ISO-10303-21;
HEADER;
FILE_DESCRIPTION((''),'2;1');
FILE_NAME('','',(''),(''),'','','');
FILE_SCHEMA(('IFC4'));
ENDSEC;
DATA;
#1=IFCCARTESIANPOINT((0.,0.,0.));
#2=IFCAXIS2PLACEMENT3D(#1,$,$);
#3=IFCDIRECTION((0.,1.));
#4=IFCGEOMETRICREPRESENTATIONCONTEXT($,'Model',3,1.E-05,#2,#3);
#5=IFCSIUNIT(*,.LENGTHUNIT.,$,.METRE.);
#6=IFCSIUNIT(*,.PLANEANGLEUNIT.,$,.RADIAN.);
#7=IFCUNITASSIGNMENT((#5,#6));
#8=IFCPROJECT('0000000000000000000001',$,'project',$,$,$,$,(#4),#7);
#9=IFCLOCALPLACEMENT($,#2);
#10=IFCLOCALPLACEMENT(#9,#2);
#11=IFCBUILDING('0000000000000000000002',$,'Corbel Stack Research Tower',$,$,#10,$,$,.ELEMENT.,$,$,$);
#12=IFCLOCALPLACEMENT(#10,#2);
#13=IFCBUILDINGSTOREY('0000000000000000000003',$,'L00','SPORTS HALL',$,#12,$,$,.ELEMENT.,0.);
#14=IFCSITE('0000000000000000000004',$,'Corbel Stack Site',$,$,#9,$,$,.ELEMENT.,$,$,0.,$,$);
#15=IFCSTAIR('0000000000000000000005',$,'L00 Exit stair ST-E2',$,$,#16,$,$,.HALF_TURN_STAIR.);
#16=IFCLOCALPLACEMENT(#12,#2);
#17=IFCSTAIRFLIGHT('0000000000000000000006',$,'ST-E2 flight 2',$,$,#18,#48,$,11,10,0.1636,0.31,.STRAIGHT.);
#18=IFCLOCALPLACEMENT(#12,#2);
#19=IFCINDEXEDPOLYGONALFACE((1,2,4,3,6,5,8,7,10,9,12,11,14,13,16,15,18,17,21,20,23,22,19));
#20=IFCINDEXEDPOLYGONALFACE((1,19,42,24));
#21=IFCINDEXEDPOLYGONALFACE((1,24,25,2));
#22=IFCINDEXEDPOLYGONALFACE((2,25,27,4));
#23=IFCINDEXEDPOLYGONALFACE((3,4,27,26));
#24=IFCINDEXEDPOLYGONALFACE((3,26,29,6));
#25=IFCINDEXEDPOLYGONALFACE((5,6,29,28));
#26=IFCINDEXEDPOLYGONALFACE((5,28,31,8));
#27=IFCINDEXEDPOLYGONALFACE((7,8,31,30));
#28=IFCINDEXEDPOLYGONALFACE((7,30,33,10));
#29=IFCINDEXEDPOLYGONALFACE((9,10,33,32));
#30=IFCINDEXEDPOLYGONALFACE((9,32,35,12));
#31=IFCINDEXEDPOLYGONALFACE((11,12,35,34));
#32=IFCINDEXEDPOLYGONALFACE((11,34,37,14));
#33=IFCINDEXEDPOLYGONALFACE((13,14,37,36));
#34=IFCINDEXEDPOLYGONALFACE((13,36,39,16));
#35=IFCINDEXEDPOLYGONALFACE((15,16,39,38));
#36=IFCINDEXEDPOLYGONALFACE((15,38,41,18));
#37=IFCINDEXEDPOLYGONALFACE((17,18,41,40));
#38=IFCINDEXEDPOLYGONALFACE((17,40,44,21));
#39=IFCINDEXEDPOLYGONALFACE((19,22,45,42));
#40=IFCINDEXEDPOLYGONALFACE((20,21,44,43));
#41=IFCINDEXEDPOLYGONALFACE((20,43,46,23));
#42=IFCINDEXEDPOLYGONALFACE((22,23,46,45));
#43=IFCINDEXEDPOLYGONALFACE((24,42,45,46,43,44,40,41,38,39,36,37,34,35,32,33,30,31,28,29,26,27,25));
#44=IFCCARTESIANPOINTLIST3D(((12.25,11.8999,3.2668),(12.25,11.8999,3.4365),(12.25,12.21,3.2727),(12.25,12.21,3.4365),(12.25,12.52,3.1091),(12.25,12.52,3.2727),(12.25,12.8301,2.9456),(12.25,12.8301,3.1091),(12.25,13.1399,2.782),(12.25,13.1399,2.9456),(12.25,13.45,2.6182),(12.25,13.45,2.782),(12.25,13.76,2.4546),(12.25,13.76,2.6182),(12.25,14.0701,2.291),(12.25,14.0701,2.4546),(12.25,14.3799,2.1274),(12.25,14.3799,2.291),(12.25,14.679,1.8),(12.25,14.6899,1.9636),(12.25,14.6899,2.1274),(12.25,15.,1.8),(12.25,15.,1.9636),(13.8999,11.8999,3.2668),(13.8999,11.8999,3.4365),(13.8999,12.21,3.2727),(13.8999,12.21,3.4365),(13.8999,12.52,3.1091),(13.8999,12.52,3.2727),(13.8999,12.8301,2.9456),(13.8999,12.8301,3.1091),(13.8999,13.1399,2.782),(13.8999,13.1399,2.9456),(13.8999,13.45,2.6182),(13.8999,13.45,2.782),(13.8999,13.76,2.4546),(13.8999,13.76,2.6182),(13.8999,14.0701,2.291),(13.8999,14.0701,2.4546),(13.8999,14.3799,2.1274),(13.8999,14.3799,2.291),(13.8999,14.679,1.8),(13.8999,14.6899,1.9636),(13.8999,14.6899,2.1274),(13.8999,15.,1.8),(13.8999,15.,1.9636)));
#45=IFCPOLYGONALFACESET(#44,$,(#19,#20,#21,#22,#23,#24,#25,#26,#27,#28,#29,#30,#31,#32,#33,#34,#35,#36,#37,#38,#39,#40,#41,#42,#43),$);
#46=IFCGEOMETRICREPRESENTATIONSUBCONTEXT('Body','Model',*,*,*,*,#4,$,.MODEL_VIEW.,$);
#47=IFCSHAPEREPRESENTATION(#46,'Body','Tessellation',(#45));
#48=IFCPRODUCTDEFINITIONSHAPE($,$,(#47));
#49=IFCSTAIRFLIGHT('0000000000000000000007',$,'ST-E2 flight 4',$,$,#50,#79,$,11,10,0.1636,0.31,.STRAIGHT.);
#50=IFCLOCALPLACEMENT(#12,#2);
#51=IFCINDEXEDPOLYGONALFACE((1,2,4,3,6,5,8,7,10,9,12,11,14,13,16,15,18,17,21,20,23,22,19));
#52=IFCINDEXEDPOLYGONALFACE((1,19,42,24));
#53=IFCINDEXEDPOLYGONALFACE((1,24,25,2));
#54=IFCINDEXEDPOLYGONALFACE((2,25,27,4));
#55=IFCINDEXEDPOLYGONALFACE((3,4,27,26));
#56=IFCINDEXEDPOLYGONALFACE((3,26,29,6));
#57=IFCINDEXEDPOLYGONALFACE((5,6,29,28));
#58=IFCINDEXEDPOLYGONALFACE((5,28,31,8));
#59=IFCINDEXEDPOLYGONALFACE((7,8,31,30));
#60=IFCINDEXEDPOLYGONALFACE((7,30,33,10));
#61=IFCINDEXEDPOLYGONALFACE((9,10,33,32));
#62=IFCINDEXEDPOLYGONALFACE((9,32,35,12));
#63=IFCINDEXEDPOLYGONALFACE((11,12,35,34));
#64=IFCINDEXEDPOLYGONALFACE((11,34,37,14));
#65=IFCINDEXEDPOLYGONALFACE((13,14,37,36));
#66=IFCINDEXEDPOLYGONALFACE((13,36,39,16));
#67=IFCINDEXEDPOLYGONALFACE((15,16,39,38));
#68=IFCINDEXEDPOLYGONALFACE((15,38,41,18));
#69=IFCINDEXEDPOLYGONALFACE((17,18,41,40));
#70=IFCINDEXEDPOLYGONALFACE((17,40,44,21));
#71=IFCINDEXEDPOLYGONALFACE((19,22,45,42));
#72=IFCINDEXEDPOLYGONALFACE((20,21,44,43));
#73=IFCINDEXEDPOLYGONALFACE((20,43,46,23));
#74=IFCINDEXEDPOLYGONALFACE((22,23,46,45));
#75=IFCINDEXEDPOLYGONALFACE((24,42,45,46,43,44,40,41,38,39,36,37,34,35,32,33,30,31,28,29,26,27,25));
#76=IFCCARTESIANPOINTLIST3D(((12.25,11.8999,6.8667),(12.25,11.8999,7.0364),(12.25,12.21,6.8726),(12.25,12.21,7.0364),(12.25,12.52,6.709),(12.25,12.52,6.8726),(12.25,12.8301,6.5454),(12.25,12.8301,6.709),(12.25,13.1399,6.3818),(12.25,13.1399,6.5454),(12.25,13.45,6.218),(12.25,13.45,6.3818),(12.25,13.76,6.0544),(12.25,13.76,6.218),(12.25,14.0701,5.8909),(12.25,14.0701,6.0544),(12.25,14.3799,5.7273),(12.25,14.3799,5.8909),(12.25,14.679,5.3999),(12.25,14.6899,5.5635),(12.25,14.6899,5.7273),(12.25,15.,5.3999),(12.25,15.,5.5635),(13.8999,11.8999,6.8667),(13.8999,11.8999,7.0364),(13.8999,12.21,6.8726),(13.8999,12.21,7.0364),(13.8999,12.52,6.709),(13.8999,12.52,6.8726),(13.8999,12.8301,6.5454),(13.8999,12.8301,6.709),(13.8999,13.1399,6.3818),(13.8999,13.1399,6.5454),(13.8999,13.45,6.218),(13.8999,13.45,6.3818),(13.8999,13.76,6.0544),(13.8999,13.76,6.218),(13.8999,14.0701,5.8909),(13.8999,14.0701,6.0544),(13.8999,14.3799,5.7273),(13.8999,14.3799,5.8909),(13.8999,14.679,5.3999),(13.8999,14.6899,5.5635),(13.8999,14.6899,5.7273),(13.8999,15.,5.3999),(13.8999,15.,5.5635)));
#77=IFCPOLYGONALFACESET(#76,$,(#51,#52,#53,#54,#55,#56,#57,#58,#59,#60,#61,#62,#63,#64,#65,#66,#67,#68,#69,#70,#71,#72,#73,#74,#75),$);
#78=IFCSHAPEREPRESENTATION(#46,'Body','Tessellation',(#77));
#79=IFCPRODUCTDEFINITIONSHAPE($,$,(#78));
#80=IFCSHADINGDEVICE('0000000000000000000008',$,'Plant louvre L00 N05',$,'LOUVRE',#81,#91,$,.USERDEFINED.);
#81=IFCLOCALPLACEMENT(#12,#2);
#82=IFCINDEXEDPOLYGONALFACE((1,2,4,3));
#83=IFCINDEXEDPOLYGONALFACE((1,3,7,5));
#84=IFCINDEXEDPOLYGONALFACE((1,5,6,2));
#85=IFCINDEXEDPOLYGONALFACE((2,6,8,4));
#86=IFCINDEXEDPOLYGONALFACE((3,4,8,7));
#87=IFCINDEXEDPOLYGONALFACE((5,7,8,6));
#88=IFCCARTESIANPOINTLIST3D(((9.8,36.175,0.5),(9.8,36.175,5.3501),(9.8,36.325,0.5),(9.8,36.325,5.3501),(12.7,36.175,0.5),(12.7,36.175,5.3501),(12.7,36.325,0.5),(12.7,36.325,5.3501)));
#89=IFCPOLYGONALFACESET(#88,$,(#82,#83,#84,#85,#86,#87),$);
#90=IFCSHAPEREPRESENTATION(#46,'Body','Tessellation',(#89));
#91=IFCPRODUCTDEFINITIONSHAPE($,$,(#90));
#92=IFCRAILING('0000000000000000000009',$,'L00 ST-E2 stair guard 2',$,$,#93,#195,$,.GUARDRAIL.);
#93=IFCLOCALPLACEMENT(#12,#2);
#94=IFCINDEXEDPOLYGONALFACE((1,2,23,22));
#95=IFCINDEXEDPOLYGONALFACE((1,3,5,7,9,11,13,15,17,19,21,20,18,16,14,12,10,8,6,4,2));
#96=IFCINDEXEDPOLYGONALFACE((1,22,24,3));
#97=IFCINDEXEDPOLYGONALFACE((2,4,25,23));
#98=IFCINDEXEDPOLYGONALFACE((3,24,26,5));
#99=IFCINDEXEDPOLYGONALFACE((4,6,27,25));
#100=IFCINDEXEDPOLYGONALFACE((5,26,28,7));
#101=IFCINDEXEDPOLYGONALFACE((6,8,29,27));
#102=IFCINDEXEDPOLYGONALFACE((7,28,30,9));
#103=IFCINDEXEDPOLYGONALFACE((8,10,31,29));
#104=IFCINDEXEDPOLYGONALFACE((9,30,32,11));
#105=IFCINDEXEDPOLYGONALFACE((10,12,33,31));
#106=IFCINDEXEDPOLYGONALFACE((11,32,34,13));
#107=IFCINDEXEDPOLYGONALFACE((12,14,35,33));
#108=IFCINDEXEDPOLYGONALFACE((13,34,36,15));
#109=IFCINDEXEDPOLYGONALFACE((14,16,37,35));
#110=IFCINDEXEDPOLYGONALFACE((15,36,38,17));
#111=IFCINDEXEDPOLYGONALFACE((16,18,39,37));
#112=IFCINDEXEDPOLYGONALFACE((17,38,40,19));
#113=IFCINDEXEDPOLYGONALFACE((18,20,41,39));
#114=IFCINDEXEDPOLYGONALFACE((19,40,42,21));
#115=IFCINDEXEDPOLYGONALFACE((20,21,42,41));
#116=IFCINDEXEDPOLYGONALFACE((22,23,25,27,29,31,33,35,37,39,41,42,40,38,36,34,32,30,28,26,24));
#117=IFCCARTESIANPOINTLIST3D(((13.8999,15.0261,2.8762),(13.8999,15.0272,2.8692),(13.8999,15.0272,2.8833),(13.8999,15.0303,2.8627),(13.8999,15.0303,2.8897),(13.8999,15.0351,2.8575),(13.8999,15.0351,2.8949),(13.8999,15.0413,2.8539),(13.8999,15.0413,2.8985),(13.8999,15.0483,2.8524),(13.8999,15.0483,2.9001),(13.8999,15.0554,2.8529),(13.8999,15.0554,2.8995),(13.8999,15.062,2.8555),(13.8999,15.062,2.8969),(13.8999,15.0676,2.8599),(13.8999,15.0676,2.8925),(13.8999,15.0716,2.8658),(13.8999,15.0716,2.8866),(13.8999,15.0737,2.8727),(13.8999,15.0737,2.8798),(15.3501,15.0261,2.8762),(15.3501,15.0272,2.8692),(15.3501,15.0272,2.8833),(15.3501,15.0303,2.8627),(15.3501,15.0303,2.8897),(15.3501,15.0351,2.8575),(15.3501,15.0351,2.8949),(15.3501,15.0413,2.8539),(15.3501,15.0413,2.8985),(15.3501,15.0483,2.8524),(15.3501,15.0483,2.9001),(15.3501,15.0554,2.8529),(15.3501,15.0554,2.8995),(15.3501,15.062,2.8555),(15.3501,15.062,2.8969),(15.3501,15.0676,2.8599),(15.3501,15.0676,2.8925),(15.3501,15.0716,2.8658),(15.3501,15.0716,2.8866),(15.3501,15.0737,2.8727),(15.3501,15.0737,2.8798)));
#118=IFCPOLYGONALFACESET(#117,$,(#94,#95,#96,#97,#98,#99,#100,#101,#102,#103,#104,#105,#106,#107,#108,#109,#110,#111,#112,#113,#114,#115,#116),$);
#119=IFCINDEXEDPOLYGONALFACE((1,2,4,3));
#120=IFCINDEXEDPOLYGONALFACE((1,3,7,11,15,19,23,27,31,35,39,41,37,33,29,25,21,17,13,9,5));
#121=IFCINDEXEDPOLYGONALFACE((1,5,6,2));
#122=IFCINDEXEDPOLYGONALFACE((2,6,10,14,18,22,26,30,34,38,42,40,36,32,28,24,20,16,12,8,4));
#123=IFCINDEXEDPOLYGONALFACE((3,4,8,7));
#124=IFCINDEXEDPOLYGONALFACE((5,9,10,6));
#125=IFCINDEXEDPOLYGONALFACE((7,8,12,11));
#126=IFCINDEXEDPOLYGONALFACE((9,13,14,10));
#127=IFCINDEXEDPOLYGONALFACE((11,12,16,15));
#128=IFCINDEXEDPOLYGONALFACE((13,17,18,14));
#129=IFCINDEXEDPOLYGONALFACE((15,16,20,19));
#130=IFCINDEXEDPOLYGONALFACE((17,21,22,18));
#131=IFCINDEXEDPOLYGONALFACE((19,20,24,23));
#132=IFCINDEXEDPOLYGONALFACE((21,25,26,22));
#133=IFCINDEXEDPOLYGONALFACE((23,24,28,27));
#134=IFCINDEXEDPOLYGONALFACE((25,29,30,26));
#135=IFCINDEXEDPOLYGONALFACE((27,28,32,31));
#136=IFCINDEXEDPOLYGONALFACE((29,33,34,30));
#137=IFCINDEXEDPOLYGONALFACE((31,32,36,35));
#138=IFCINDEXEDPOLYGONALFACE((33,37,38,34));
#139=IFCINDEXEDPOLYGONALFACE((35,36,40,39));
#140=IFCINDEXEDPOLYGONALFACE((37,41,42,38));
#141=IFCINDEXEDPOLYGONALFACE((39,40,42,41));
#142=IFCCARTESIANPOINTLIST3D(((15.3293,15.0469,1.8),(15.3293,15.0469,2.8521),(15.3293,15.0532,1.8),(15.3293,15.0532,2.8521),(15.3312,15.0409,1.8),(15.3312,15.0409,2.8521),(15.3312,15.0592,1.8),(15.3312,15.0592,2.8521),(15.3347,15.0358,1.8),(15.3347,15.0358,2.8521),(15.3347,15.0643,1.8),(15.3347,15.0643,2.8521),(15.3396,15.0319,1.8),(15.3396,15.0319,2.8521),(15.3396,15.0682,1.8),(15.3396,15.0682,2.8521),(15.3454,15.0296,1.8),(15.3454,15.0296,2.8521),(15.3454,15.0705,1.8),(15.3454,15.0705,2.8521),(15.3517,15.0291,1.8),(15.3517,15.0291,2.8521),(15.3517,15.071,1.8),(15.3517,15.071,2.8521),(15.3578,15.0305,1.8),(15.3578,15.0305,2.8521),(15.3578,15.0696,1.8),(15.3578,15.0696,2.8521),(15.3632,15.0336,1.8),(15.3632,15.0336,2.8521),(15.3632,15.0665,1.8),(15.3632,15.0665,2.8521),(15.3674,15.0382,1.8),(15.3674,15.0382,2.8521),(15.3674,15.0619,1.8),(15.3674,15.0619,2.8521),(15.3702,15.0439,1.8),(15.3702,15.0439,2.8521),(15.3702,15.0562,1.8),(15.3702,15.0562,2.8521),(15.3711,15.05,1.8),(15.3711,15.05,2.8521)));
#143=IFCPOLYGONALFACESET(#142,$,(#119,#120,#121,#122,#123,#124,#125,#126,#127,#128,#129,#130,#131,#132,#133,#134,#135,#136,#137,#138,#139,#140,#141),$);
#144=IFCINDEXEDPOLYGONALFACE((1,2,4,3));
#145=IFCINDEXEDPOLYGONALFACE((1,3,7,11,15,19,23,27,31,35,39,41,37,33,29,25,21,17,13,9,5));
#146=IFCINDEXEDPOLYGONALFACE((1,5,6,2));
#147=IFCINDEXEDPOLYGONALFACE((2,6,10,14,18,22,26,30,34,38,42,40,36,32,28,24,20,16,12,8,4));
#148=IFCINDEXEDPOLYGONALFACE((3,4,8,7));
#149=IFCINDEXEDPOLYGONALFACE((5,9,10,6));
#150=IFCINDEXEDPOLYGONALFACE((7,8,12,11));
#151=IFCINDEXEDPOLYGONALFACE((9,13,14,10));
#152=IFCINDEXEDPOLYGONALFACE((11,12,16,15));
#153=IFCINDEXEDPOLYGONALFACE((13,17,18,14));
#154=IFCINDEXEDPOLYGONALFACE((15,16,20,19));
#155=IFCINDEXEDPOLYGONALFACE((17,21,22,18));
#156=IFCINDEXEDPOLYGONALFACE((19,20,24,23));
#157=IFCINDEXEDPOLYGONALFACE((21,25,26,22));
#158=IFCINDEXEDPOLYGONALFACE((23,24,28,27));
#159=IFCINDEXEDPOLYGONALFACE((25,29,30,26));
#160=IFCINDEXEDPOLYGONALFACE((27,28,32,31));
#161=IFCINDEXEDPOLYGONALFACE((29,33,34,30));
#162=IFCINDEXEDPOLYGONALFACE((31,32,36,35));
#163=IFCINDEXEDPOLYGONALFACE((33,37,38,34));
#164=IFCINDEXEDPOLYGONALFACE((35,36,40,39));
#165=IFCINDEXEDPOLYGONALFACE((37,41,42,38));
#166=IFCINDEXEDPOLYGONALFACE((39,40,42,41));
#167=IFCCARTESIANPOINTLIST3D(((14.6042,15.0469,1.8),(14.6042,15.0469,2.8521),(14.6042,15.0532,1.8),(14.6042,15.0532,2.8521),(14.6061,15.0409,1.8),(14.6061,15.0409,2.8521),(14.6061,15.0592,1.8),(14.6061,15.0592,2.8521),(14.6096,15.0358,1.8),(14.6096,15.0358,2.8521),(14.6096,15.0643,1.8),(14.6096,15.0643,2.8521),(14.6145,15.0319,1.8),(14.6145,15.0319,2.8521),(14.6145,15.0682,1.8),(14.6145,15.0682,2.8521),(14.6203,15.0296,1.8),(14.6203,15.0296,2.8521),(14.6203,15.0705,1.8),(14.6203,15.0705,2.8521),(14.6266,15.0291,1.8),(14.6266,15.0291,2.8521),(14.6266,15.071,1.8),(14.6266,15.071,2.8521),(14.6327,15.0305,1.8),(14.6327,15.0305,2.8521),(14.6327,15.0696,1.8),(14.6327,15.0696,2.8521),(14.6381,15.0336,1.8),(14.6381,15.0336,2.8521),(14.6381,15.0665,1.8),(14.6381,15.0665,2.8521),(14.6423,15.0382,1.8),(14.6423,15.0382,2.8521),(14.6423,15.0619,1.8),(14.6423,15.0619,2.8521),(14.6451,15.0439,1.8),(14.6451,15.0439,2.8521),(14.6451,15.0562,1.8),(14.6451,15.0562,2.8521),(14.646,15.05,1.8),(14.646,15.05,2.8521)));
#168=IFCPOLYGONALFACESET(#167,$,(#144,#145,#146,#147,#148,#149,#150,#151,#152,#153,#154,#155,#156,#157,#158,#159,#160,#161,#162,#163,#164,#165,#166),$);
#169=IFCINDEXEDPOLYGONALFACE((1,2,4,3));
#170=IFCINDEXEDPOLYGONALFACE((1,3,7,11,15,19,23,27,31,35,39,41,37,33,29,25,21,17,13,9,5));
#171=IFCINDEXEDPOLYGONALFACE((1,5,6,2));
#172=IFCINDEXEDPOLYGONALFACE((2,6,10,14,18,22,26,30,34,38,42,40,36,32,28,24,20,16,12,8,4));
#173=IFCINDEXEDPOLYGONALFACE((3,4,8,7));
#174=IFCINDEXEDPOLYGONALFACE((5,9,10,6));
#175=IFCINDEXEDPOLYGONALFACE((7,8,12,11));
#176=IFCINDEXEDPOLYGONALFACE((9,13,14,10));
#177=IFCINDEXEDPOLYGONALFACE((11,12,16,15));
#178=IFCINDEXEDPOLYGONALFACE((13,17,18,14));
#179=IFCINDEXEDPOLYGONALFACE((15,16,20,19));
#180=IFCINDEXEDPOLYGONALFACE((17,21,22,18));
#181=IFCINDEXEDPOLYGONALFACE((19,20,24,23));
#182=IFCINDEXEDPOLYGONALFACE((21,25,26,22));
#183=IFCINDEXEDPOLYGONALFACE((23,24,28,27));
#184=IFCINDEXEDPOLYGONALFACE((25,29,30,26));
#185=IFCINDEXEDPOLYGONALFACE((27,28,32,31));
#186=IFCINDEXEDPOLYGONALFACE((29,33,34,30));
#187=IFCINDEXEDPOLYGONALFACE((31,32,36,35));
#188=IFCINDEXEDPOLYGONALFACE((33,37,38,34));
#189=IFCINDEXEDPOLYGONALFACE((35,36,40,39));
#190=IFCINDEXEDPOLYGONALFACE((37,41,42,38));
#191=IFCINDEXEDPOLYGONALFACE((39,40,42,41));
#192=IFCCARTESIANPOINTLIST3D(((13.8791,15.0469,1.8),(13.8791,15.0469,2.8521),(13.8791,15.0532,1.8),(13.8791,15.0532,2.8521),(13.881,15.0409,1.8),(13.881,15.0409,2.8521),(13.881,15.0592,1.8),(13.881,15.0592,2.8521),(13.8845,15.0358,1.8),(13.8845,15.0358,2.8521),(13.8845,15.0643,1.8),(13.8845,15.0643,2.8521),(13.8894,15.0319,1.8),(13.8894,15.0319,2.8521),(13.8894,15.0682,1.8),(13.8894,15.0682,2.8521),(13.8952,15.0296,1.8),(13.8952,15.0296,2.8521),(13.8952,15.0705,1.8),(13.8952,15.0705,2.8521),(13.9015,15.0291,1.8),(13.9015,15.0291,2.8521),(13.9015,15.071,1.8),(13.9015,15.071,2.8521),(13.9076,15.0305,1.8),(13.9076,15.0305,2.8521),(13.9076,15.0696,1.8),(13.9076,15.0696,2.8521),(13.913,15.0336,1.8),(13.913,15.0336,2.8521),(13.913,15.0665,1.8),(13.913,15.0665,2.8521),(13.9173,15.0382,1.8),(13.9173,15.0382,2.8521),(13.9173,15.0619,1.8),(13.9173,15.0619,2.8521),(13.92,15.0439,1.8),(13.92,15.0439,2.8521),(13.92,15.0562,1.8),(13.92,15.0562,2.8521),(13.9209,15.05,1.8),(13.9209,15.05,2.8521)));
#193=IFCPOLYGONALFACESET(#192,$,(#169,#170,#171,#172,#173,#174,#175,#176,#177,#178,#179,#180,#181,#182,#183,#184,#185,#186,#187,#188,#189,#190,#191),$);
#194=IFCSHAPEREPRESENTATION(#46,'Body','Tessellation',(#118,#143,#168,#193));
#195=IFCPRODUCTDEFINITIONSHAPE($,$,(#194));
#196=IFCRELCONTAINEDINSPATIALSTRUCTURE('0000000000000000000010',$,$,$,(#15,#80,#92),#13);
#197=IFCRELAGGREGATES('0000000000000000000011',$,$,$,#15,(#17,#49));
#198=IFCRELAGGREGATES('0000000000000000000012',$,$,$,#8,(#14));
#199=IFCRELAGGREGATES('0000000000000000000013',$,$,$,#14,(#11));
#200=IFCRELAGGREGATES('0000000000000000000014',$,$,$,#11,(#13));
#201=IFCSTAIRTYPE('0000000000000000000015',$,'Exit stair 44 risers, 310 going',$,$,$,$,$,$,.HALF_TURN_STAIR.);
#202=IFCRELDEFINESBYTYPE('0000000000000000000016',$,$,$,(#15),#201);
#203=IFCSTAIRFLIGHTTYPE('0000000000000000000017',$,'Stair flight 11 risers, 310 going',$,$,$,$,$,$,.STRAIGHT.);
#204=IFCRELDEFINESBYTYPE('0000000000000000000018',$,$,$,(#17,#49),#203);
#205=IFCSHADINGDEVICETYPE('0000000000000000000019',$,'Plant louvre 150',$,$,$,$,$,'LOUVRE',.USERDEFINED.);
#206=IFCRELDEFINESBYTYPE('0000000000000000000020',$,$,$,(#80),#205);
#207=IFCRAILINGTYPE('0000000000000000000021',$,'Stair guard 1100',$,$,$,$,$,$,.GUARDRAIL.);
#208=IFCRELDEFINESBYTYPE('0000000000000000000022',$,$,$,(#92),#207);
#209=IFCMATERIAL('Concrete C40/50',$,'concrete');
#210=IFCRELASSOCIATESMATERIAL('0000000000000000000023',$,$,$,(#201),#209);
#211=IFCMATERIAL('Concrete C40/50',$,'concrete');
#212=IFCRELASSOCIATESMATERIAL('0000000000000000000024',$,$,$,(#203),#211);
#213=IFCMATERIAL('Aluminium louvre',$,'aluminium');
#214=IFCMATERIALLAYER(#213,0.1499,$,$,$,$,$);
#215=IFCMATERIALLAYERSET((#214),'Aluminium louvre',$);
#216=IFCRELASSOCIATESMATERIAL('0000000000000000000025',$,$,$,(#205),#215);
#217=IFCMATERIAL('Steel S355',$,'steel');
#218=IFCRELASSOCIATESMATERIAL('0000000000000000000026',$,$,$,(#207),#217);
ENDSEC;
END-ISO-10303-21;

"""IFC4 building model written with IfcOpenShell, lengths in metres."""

from ifc_helpers import new_model, si_unit, direction, frame, origin, origin_2d, place, context, subcontext, project, spatial, polyline, rectangle, circle, outline, extrude, material, layer, layer_set, type_object, element, aggregate, save


model = new_model("IFC4")

# Units and contexts
model_context = context("Model", 3, precision=1e-05, world=origin(), true_north=direction((0.0, 1.0)))
body_context = subcontext(model_context, "Body", "Model", "MODEL_VIEW")
ifc_project = project(units=[si_unit("LENGTHUNIT", "METRE"), si_unit("PLANEANGLEUNIT", "RADIAN")], contexts=[model_context])

# Site, building, storey
site_placement = place(None, origin())
site = spatial("IfcSite", under=ifc_project, at=site_placement, Name="Corbel Stack Site", CompositionType="ELEMENT", RefElevation=0.0)
building_placement = place(site_placement, origin())
building = spatial("IfcBuilding", under=site, at=building_placement, Name="Corbel Stack Research Tower", CompositionType="ELEMENT")
storey_placement = place(building_placement, origin())
storey = spatial("IfcBuildingStorey", under=building, at=storey_placement, Name="L00", Description="SPORTS HALL", CompositionType="ELEMENT", Elevation=0.0)

# Stair, stair flights
ifc_material_1 = material(Name="Concrete C40/50", Category="concrete")
stair_type = type_object("IfcStairType", Name="Exit stair 44 risers, 310 going", PredefinedType="HALF_TURN_STAIR", material=ifc_material_1)
stair_placement = place(storey_placement, origin())
stair = element("IfcStair", 1, at=stair_placement, inside=storey, type_object=stair_type, Name="L00 Exit stair ST-E2", PredefinedType="HALF_TURN_STAIR")
ifc_material_2 = material(Name="Concrete C40/50", Category="concrete")
stair_flight_type = type_object("IfcStairFlightType", Name="Stair flight 11 risers, 310 going", PredefinedType="STRAIGHT", material=ifc_material_2)
stair_flight_1_placement = place(storey_placement, frame((13.075, 15.0, 1.8), z_axis=(0.0, 0.0, 1.0), x_axis=(0.0, -1.0, 0.0)))
stair_flight_1 = element("IfcStairFlight", 2, at=stair_flight_1_placement, type_object=stair_flight_type, Name="ST-E2 flight 2", NumberOfRisers=11, NumberOfTreads=10, PredefinedType="STRAIGHT", RiserHeight=0.1636, TreadLength=0.31, context=body_context, shape_type="SweptSolid", body=[
    extrude(outline(polyline([(0.0, 0.0), (0.0, 0.1636), (0.3101, 0.1636), (0.3101, 0.3274), (0.6201, 0.3274), (0.6201, 0.491), (0.9299, 0.491), (0.9299, 0.6545), (1.24, 0.6545), (1.24, 0.8181), (1.55, 0.8181), (1.55, 0.9819), (1.8601, 0.9819), (1.8601, 1.1455), (2.1699, 1.1455), (2.1699, 1.3091), (2.48, 1.3091), (2.48, 1.4727), (2.79, 1.4727), (2.79, 1.6365), (3.1001, 1.6365), (3.1001, 1.8), (3.1001, 1.4668), (0.321, 0.0), (0.0, 0.0)])), frame((0.0, 0.825, 0.0), z_axis=(0.0, -1.0, 0.0), x_axis=(1.0, 0.0, 0.0)), (0.0, 0.0, 1.0), 1.6499),
])
stair_flight_2_placement = place(storey_placement, frame((13.075, 15.0, 5.3999), z_axis=(0.0, 0.0, 1.0), x_axis=(0.0, -1.0, 0.0)))
stair_flight_2 = element("IfcStairFlight", 3, at=stair_flight_2_placement, type_object=stair_flight_type, Name="ST-E2 flight 4", NumberOfRisers=11, NumberOfTreads=10, PredefinedType="STRAIGHT", RiserHeight=0.1636, TreadLength=0.31, context=body_context, shape_type="SweptSolid", body=[
    extrude(outline(polyline([(0.0, 0.0), (0.0, 0.1636), (0.3101, 0.1636), (0.3101, 0.3274), (0.6201, 0.3274), (0.6201, 0.491), (0.9299, 0.491), (0.9299, 0.6545), (1.24, 0.6545), (1.24, 0.8181), (1.55, 0.8181), (1.55, 0.9819), (1.8601, 0.9819), (1.8601, 1.1455), (2.1699, 1.1455), (2.1699, 1.3091), (2.48, 1.3091), (2.48, 1.4727), (2.79, 1.4727), (2.79, 1.6365), (3.1001, 1.6365), (3.1001, 1.8), (3.1001, 1.4668), (0.321, 0.0), (0.0, 0.0)])), frame((0.0, 0.825, 0.0), z_axis=(0.0, -1.0, 0.0), x_axis=(1.0, 0.0, 0.0)), (0.0, 0.0, 1.0), 1.6499),
])
aggregate(stair, [stair_flight_1, stair_flight_2])

# Shading device
ifc_material_3 = material(Name="Aluminium louvre", Category="aluminium")
ifc_layer_1 = layer(ifc_material_3, 0.1499)
ifc_layer_set_1 = layer_set([ifc_layer_1], Name="Aluminium louvre")
shading_device_type = type_object("IfcShadingDeviceType", Name="Plant louvre 150", ElementType="LOUVRE", PredefinedType="USERDEFINED", material=ifc_layer_set_1)
shading_device_placement = place(storey_placement, frame((11.25, 36.25, 0.5), z_axis=(0.0, 0.0, 1.0), x_axis=(-1.0, 0.0, 0.0)))
element("IfcShadingDevice", 4, at=shading_device_placement, inside=storey, type_object=shading_device_type, Name="Plant louvre L00 N05", ObjectType="LOUVRE", PredefinedType="USERDEFINED", context=body_context, shape_type="SweptSolid", body=[
    extrude(rectangle(XDim=2.8999, YDim=0.1499, at=origin_2d()), origin(), (0.0, 0.0, 1.0), 4.8501),
])

# Railing
ifc_material_4 = material(Name="Steel S355", Category="steel")
railing_type_1 = type_object("IfcRailingType", Name="Stair guard 1100", PredefinedType="GUARDRAIL", material=ifc_material_4)
railing_1_placement = place(storey_placement, frame((15.3501, 15.05, 1.8)))
element("IfcRailing", 5, at=railing_1_placement, inside=storey, type_object=railing_type_1, Name="L00 ST-E2 stair guard 2", PredefinedType="GUARDRAIL", context=body_context, shape_type="SweptSolid", body=[
    extrude(circle(Radius=0.0239, at=origin_2d()), frame((0.0, 0.0, 1.0762), z_axis=(-1.0, 0.0, 0.0), x_axis=(0.0, -1.0, 0.0)), (0.0, 0.0, 1.0), 1.4502),
    extrude(circle(Radius=0.021, at=origin_2d()), origin(), (0.0, 0.0, 1.0), 1.052),
    extrude(circle(Radius=0.021, at=origin_2d()), frame((-0.7251, 0.0, 0.0)), (0.0, 0.0, 1.0), 1.052),
    extrude(circle(Radius=0.021, at=origin_2d()), frame((-1.4502, 0.0, 0.0)), (0.0, 0.0, 1.0), 1.052),
])

save(model, "model.ifc")
